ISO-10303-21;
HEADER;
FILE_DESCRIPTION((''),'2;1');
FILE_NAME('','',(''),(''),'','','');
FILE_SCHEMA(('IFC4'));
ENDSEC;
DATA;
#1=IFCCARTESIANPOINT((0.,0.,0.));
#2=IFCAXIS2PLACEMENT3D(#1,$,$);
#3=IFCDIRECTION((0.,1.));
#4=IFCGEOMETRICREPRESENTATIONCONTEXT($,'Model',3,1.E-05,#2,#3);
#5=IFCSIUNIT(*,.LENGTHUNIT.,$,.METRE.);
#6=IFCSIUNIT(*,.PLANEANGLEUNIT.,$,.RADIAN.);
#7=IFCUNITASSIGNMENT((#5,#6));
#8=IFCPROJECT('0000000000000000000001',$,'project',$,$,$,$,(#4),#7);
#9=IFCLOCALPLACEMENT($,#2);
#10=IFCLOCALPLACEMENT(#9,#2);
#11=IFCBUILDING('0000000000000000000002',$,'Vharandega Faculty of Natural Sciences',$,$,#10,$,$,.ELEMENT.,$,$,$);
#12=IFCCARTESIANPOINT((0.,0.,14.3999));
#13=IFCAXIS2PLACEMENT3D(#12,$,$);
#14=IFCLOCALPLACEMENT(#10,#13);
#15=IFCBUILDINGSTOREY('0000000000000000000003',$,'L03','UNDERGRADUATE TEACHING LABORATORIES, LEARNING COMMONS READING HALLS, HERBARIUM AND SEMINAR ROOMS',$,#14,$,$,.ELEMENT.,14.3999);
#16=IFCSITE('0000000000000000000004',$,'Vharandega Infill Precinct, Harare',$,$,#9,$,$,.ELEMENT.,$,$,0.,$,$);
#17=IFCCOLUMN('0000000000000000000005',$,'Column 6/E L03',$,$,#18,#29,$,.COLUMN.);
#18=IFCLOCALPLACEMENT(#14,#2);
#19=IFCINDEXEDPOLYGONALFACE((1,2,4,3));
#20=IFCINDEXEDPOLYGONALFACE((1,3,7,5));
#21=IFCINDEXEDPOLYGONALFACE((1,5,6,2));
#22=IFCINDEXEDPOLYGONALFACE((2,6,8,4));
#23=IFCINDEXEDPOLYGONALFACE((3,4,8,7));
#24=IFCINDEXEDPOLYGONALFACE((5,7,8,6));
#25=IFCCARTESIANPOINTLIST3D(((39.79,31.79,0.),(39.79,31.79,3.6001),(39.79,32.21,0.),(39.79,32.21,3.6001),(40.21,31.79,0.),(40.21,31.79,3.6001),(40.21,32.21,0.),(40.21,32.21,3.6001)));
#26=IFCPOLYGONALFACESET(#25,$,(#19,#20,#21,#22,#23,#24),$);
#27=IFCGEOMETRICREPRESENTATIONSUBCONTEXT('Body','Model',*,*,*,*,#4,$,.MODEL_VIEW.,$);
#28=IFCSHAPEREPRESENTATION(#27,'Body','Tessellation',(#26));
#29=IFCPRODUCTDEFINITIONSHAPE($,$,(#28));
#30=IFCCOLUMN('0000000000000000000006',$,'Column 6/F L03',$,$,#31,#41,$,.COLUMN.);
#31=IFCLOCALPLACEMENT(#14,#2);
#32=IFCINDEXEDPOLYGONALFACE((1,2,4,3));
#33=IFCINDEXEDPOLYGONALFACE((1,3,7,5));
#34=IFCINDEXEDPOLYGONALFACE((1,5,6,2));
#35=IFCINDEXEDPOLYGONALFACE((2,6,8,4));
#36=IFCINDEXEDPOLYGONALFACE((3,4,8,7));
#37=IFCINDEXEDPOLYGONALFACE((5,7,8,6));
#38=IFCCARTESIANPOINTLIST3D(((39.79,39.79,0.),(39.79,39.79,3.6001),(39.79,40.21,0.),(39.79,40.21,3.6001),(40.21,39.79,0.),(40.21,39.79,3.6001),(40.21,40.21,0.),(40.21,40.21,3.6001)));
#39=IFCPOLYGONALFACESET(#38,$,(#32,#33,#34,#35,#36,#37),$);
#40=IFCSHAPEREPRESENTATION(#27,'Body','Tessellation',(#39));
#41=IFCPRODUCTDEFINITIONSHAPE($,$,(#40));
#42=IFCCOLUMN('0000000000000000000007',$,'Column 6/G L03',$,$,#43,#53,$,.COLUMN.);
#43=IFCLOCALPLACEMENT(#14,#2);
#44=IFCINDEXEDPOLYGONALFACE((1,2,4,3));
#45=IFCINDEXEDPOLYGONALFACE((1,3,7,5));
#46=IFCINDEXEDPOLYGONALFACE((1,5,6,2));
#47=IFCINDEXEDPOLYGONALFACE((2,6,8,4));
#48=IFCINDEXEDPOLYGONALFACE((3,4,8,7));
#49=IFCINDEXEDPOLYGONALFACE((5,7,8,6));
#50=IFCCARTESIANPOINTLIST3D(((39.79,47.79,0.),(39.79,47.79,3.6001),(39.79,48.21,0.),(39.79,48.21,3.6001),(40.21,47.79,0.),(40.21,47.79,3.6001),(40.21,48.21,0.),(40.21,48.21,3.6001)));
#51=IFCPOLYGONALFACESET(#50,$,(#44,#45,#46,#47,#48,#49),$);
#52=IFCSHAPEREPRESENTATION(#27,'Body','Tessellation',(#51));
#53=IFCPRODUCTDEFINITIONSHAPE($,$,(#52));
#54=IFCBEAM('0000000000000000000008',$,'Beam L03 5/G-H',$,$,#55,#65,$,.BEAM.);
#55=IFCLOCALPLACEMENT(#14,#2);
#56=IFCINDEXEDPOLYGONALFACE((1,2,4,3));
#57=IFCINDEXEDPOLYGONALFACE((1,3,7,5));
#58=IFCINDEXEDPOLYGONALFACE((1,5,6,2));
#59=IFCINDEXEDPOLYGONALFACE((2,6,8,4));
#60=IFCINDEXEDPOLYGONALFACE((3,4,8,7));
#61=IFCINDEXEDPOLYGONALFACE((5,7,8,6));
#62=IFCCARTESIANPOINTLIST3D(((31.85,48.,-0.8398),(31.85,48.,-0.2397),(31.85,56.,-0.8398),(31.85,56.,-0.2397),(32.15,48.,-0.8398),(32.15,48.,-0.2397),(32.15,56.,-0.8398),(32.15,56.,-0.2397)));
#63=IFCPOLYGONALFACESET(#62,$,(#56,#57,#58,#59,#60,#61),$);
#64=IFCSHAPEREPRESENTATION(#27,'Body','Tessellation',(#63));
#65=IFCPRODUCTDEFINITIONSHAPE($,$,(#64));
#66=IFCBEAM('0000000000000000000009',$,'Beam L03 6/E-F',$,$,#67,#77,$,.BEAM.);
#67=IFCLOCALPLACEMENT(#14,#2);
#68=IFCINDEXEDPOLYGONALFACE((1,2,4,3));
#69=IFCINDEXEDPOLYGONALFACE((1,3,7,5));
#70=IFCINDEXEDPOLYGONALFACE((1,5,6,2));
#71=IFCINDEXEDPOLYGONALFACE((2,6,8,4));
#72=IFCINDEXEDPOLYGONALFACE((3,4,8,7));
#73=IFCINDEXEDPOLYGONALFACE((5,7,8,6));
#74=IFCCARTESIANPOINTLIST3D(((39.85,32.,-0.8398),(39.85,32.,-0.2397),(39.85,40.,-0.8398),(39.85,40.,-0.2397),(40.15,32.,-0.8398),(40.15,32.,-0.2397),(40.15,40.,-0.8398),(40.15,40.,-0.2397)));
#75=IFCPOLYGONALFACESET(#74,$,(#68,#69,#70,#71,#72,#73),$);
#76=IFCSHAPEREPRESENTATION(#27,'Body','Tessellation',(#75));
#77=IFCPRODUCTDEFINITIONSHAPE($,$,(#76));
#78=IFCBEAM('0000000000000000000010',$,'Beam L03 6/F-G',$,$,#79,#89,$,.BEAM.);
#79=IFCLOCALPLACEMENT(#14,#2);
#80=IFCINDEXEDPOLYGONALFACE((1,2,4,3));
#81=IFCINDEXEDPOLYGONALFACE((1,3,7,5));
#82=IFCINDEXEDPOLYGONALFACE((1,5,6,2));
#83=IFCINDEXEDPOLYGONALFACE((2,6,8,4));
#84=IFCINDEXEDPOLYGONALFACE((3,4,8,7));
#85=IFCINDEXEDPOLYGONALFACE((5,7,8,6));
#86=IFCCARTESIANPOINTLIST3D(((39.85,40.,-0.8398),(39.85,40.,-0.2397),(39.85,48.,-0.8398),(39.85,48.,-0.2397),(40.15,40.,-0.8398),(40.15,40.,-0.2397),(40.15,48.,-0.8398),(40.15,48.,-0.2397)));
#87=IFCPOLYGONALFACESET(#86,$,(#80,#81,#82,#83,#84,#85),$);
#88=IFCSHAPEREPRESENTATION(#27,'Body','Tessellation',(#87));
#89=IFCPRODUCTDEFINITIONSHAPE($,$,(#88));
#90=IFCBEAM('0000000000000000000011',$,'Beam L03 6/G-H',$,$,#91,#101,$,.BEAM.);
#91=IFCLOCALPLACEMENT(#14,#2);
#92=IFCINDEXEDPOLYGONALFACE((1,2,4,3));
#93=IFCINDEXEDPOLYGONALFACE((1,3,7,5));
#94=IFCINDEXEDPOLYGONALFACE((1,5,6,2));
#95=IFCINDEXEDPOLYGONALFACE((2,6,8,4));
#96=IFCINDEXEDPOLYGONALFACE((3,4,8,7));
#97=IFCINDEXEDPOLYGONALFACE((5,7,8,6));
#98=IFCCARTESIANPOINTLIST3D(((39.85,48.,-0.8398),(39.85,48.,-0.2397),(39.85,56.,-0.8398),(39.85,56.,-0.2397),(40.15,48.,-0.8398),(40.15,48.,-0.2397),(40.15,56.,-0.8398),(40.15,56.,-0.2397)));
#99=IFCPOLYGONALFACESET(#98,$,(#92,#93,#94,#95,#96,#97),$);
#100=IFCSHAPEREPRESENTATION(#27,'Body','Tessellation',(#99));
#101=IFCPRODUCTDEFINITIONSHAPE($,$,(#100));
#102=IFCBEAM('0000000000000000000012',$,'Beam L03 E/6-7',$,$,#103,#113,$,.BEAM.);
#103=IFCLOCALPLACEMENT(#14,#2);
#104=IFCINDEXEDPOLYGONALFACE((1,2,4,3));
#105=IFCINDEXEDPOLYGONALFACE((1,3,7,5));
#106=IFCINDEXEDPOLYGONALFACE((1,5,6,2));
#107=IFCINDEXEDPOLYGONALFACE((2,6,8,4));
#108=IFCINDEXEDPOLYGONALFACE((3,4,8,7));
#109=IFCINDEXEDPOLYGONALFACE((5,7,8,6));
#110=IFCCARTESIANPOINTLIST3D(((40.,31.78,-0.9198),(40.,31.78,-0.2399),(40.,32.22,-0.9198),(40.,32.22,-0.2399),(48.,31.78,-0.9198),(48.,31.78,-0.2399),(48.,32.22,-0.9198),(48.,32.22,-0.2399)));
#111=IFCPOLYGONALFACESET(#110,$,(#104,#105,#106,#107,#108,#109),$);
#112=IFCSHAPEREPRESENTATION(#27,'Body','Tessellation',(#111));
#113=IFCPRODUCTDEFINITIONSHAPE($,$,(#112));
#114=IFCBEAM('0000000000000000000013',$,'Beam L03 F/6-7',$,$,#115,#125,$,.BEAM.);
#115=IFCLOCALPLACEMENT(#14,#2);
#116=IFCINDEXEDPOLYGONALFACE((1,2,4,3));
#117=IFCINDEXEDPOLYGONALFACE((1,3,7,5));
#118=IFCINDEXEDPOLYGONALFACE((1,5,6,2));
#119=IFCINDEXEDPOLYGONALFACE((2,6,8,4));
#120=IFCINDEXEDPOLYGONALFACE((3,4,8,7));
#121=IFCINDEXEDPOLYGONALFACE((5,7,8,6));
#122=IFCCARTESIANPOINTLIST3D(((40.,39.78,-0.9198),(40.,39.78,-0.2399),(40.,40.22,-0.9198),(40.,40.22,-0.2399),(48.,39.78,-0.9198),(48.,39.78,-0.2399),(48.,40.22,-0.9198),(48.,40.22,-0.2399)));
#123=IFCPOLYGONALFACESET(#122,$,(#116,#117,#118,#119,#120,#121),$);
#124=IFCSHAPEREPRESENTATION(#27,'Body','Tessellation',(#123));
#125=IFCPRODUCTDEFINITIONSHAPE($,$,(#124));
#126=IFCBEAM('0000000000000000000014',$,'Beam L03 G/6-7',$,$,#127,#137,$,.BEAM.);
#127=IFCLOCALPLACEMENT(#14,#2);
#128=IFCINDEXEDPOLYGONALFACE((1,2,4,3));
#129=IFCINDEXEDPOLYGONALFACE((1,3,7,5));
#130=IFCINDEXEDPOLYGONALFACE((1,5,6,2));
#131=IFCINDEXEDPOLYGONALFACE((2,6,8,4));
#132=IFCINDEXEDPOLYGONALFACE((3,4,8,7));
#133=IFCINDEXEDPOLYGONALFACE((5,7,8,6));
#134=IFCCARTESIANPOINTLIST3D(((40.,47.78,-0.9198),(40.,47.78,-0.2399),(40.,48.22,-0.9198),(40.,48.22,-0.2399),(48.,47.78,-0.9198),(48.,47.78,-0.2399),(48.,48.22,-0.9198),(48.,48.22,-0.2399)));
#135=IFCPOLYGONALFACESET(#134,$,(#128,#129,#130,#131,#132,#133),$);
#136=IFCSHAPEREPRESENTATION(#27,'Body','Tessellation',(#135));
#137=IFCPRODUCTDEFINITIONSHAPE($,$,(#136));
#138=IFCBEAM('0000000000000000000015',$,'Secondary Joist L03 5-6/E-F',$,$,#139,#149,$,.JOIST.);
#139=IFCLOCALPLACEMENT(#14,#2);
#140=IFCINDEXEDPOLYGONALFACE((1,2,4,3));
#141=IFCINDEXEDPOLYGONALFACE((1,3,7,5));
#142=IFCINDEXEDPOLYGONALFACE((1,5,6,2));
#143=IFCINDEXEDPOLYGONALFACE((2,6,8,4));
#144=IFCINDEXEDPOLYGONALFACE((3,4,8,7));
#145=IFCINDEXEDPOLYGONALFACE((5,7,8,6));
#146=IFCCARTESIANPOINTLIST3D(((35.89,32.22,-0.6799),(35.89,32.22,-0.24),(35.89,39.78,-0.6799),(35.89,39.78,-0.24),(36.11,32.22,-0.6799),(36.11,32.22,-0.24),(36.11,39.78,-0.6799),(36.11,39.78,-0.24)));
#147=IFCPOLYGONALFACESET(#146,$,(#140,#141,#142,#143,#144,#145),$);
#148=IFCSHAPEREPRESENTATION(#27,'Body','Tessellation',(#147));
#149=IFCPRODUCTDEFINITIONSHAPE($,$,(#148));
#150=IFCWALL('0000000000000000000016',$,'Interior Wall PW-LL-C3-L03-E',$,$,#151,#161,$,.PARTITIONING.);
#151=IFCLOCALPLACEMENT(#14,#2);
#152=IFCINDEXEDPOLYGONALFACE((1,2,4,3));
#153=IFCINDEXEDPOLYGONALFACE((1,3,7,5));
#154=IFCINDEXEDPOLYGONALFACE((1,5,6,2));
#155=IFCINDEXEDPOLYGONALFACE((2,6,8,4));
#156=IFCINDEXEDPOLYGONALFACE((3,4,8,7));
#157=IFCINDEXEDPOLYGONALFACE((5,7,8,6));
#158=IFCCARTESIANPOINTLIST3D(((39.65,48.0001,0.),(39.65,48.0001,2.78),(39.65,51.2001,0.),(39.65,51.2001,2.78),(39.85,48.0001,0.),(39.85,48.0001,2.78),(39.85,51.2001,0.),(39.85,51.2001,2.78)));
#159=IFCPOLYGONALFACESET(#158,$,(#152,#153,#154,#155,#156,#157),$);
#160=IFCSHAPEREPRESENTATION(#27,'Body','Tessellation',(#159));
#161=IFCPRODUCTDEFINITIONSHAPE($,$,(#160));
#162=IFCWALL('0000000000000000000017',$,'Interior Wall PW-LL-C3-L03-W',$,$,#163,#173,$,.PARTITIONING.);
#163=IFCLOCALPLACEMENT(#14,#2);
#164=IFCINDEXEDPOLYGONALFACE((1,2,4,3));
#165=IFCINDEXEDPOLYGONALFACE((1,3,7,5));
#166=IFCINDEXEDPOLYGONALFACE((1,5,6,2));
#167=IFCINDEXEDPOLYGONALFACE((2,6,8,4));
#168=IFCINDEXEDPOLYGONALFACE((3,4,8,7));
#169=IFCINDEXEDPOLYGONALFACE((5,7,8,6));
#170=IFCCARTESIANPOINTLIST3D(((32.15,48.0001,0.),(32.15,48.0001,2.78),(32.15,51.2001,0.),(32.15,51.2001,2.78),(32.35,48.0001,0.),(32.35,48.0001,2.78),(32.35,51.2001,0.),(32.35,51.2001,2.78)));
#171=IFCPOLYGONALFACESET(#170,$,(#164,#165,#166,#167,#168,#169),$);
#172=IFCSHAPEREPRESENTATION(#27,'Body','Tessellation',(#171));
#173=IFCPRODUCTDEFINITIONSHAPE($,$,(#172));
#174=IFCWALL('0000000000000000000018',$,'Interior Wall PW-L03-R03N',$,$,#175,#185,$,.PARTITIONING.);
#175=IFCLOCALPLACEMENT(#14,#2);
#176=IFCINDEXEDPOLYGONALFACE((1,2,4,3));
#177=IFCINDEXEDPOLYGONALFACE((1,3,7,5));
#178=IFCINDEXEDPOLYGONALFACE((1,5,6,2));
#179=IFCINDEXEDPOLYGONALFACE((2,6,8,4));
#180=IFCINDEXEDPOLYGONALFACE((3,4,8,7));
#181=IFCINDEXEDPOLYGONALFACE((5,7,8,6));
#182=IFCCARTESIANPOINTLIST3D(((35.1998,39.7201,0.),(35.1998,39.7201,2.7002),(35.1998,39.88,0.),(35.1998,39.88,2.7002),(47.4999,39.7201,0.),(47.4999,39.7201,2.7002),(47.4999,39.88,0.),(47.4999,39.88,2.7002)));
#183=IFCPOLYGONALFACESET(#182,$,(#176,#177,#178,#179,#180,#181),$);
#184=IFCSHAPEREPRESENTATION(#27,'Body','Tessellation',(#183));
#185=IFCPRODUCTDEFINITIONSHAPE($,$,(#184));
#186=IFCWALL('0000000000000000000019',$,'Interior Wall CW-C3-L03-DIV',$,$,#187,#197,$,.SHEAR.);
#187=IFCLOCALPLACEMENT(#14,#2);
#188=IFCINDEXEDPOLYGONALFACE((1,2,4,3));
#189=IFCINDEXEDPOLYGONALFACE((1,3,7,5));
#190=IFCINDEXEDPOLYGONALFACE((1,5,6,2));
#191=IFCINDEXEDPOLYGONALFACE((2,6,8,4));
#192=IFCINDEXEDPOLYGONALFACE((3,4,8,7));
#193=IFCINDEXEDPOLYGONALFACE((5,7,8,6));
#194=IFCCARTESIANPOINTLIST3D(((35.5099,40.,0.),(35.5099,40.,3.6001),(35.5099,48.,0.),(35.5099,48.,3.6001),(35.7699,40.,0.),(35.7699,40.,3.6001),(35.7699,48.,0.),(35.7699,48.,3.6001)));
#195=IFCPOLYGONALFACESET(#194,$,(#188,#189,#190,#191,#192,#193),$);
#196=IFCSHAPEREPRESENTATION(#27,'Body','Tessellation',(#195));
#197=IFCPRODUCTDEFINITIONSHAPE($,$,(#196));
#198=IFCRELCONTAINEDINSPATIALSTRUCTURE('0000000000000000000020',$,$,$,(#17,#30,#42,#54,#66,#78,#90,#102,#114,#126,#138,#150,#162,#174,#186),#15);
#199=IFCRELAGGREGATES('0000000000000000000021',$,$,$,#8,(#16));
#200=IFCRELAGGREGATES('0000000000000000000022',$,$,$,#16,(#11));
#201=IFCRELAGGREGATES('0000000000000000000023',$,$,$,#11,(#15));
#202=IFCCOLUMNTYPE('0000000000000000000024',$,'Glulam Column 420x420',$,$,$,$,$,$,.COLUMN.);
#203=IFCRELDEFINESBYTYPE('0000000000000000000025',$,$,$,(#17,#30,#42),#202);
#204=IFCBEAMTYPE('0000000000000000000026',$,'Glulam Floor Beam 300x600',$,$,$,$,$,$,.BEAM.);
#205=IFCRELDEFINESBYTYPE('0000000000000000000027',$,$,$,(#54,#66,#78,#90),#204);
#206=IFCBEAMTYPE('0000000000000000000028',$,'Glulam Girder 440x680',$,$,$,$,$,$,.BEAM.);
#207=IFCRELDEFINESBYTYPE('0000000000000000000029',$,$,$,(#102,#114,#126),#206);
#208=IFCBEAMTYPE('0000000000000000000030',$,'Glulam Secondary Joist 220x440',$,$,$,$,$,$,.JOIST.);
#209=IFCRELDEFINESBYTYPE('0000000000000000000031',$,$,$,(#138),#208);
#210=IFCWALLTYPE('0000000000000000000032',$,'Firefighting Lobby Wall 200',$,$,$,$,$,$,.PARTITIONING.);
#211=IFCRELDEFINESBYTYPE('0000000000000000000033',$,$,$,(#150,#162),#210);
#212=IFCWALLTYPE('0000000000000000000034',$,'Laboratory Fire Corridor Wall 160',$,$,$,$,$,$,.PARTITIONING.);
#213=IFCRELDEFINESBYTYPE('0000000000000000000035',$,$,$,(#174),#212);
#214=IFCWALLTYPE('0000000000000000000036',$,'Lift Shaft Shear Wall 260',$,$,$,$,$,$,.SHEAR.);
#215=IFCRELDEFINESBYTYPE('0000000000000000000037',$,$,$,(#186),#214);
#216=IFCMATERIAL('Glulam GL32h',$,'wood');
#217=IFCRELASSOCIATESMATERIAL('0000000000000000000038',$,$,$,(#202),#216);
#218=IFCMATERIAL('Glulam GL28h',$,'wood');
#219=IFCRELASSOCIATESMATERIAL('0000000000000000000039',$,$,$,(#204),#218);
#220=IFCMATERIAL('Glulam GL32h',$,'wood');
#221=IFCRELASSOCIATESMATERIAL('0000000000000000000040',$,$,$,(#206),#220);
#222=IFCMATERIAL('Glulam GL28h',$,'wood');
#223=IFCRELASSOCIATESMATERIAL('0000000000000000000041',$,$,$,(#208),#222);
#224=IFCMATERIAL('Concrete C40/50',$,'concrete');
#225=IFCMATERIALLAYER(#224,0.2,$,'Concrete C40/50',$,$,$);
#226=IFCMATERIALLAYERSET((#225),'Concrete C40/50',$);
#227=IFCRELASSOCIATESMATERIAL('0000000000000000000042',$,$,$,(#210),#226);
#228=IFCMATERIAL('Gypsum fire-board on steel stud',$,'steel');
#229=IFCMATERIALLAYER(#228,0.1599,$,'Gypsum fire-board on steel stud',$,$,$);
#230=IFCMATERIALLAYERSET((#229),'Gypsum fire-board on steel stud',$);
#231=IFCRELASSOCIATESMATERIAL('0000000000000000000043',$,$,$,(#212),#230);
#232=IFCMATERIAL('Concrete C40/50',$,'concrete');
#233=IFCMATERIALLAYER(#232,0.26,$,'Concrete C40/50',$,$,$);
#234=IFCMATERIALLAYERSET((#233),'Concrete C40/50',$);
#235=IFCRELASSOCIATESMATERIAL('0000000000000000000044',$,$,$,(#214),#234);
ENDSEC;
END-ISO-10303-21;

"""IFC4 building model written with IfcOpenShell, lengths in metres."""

from ifc_helpers import new_model, si_unit, direction, frame, frame_2d, origin, origin_2d, place, context, subcontext, project, spatial, rectangle, extrude, material, layer, layer_set, material_profile, profile_set, type_object, element, save


model = new_model("IFC4")

# Units and contexts
model_context = context("Model", 3, precision=1e-05, world=origin(), true_north=direction((0.0, 1.0)))
body_context = subcontext(model_context, "Body", "Model", "MODEL_VIEW")
ifc_project = project(units=[si_unit("LENGTHUNIT", "METRE"), si_unit("PLANEANGLEUNIT", "RADIAN")], contexts=[model_context])

# Site, building, storey
site_placement = place(None, origin())
site = spatial("IfcSite", under=ifc_project, at=site_placement, Name="Vharandega Infill Precinct, Harare", CompositionType="ELEMENT", RefElevation=0.0)
building_placement = place(site_placement, origin())
building = spatial("IfcBuilding", under=site, at=building_placement, Name="Vharandega Faculty of Natural Sciences", CompositionType="ELEMENT")
storey_placement = place(building_placement, frame((0.0, 0.0, 14.3999)))
storey = spatial("IfcBuildingStorey", under=building, at=storey_placement, Name="L03", Description="UNDERGRADUATE TEACHING LABORATORIES, LEARNING COMMONS READING HALLS, HERBARIUM AND SEMINAR ROOMS", CompositionType="ELEMENT", Elevation=14.3999)

# Columns
ifc_material_1 = material(Name="Glulam GL32h", Category="wood")
ifc_material_profile_1 = material_profile(ifc_material_1, rectangle(XDim=0.4199, YDim=0.4199, at=origin_2d()), Name="GL32h 420x420")
ifc_profile_set_1 = profile_set([ifc_material_profile_1], Name="Glulam GL32h")
column_type = type_object("IfcColumnType", Name="Glulam Column 420x420", PredefinedType="COLUMN", material=ifc_profile_set_1)
for number, where, z_axis, x_axis, name in (
    (1, (40.0, 32.0, 0.0), (0.0, 0.0, 1.0), (1.0, 0.0, 0.0), "Column 6/E L03"),
    (2, (40.0, 40.0, 0.0), (0.0, 0.0, 1.0), (1.0, 0.0, 0.0), "Column 6/F L03"),
    (3, (40.0, 48.0, 0.0), (0.0, 0.0, 1.0), (1.0, 0.0, 0.0), "Column 6/G L03"),
):
    element("IfcColumn", number, at=place(storey_placement, frame(where, z_axis=z_axis, x_axis=x_axis)), inside=storey, type_object=column_type, Name=name, PredefinedType="COLUMN", context=body_context, shape_type="SweptSolid", body=[
        extrude(rectangle(XDim=0.4199, YDim=0.4199, at=origin_2d()), origin(), (0.0, 0.0, 1.0), 3.6001),
    ])

# Beams
ifc_material_2 = material(Name="Glulam GL28h", Category="wood")
ifc_material_profile_2 = material_profile(ifc_material_2, rectangle(XDim=0.3, YDim=0.6001, at=origin_2d()), Name="GL28h 300x600")
ifc_profile_set_2 = profile_set([ifc_material_profile_2], Name="Glulam GL28h")
beam_type_1 = type_object("IfcBeamType", Name="Glulam Floor Beam 300x600", PredefinedType="BEAM", material=ifc_profile_set_2)
for number, where, z_axis, x_axis, name in (
    (4, (32.0, 48.0, -0.5398), (0.0, 1.0, 0.0), (-1.0, 0.0, 0.0), "Beam L03 5/G-H"),
    (5, (40.0, 32.0, -0.5398), (0.0, 1.0, 0.0), (-1.0, 0.0, 0.0), "Beam L03 6/E-F"),
    (6, (40.0, 40.0, -0.5398), (0.0, 1.0, 0.0), (-1.0, 0.0, 0.0), "Beam L03 6/F-G"),
    (7, (40.0, 48.0, -0.5398), (0.0, 1.0, 0.0), (-1.0, 0.0, 0.0), "Beam L03 6/G-H"),
):
    element("IfcBeam", number, at=place(storey_placement, frame(where, z_axis=z_axis, x_axis=x_axis)), inside=storey, type_object=beam_type_1, Name=name, PredefinedType="BEAM", context=body_context, shape_type="SweptSolid", body=[
        extrude(rectangle(XDim=0.3, YDim=0.6001, at=origin_2d()), origin(), (0.0, 0.0, 1.0), 8.0),
    ])
ifc_material_3 = material(Name="Glulam GL32h", Category="wood")
ifc_material_profile_3 = material_profile(ifc_material_3, rectangle(XDim=0.4399, YDim=0.6799, at=origin_2d()), Name="GL32h 440x680")
ifc_profile_set_3 = profile_set([ifc_material_profile_3], Name="Glulam GL32h")
beam_type_2 = type_object("IfcBeamType", Name="Glulam Girder 440x680", PredefinedType="BEAM", material=ifc_profile_set_3)
for number, where, z_axis, x_axis, name in (
    (8, (40.0, 32.0, -0.5798), (1.0, 0.0, 0.0), (0.0, 1.0, 0.0), "Beam L03 E/6-7"),
    (9, (40.0, 40.0, -0.5798), (1.0, 0.0, 0.0), (0.0, 1.0, 0.0), "Beam L03 F/6-7"),
    (10, (40.0, 48.0, -0.5798), (1.0, 0.0, 0.0), (0.0, 1.0, 0.0), "Beam L03 G/6-7"),
):
    element("IfcBeam", number, at=place(storey_placement, frame(where, z_axis=z_axis, x_axis=x_axis)), inside=storey, type_object=beam_type_2, Name=name, PredefinedType="BEAM", context=body_context, shape_type="SweptSolid", body=[
        extrude(rectangle(XDim=0.4399, YDim=0.6799, at=origin_2d()), origin(), (0.0, 0.0, 1.0), 8.0),
    ])
ifc_material_4 = material(Name="Glulam GL28h", Category="wood")
ifc_material_profile_4 = material_profile(ifc_material_4, rectangle(XDim=0.22, YDim=0.4399, at=origin_2d()), Name="GL28h 220x440")
ifc_profile_set_4 = profile_set([ifc_material_profile_4], Name="Glulam GL28h")
beam_type_3 = type_object("IfcBeamType", Name="Glulam Secondary Joist 220x440", PredefinedType="JOIST", material=ifc_profile_set_4)
beam_placement = place(storey_placement, frame((36.0, 32.22, -0.46), z_axis=(0.0, 1.0, 0.0), x_axis=(-1.0, 0.0, 0.0)))
element("IfcBeam", 11, at=beam_placement, inside=storey, type_object=beam_type_3, Name="Secondary Joist L03 5-6/E-F", PredefinedType="JOIST", context=body_context, shape_type="SweptSolid", body=[
    extrude(rectangle(XDim=0.22, YDim=0.4399, at=origin_2d()), origin(), (0.0, 0.0, 1.0), 7.5601),
])

# Walls
ifc_material_5 = material(Name="Concrete C40/50", Category="concrete")
ifc_layer_1 = layer(ifc_material_5, 0.2, Name="Concrete C40/50")
ifc_layer_set_1 = layer_set([ifc_layer_1], Name="Concrete C40/50")
wall_type_1 = type_object("IfcWallType", Name="Firefighting Lobby Wall 200", PredefinedType="PARTITIONING", material=ifc_layer_set_1)
for number, where, z_axis, x_axis, name in (
    (12, (39.75, 48.0, 0.0), (0.0, 0.0, 1.0), (0.0, 1.0, 0.0), "Interior Wall PW-LL-C3-L03-E"),
    (13, (32.25, 48.0, 0.0), (0.0, 0.0, 1.0), (0.0, 1.0, 0.0), "Interior Wall PW-LL-C3-L03-W"),
):
    element("IfcWall", number, at=place(storey_placement, frame(where, z_axis=z_axis, x_axis=x_axis)), inside=storey, type_object=wall_type_1, Name=name, PredefinedType="PARTITIONING", context=body_context, shape_type="SweptSolid", body=[
        extrude(rectangle(XDim=3.2, YDim=0.2, at=frame_2d((1.6001, 0.0))), origin(), (0.0, 0.0, 1.0), 2.78),
    ])
ifc_material_6 = material(Name="Gypsum fire-board on steel stud", Category="steel")
ifc_layer_2 = layer(ifc_material_6, 0.1599, Name="Gypsum fire-board on steel stud")
ifc_layer_set_2 = layer_set([ifc_layer_2], Name="Gypsum fire-board on steel stud")
wall_type_2 = type_object("IfcWallType", Name="Laboratory Fire Corridor Wall 160", PredefinedType="PARTITIONING", material=ifc_layer_set_2)
wall_1_placement = place(storey_placement, frame((35.2, 39.8, 0.0), z_axis=(0.0, 0.0, 1.0), x_axis=(1.0, 0.0, 0.0)))
element("IfcWall", 14, at=wall_1_placement, inside=storey, type_object=wall_type_2, Name="Interior Wall PW-L03-R03N", PredefinedType="PARTITIONING", context=body_context, shape_type="SweptSolid", body=[
    extrude(rectangle(XDim=12.3, YDim=0.1599, at=frame_2d((6.1499, 0.0))), origin(), (0.0, 0.0, 1.0), 2.7002),
])
ifc_material_7 = material(Name="Concrete C40/50", Category="concrete")
ifc_layer_3 = layer(ifc_material_7, 0.26, Name="Concrete C40/50")
ifc_layer_set_3 = layer_set([ifc_layer_3], Name="Concrete C40/50")
wall_type_3 = type_object("IfcWallType", Name="Lift Shaft Shear Wall 260", PredefinedType="SHEAR", material=ifc_layer_set_3)
wall_2_placement = place(storey_placement, frame((35.6399, 40.0, 0.0), z_axis=(0.0, 0.0, 1.0), x_axis=(0.0, 1.0, 0.0)))
element("IfcWall", 15, at=wall_2_placement, inside=storey, type_object=wall_type_3, Name="Interior Wall CW-C3-L03-DIV", PredefinedType="SHEAR", context=body_context, shape_type="SweptSolid", body=[
    extrude(rectangle(XDim=8.0, YDim=0.26, at=frame_2d((4.0, 0.0))), origin(), (0.0, 0.0, 1.0), 3.6001),
])

save(model, "model.ifc")
